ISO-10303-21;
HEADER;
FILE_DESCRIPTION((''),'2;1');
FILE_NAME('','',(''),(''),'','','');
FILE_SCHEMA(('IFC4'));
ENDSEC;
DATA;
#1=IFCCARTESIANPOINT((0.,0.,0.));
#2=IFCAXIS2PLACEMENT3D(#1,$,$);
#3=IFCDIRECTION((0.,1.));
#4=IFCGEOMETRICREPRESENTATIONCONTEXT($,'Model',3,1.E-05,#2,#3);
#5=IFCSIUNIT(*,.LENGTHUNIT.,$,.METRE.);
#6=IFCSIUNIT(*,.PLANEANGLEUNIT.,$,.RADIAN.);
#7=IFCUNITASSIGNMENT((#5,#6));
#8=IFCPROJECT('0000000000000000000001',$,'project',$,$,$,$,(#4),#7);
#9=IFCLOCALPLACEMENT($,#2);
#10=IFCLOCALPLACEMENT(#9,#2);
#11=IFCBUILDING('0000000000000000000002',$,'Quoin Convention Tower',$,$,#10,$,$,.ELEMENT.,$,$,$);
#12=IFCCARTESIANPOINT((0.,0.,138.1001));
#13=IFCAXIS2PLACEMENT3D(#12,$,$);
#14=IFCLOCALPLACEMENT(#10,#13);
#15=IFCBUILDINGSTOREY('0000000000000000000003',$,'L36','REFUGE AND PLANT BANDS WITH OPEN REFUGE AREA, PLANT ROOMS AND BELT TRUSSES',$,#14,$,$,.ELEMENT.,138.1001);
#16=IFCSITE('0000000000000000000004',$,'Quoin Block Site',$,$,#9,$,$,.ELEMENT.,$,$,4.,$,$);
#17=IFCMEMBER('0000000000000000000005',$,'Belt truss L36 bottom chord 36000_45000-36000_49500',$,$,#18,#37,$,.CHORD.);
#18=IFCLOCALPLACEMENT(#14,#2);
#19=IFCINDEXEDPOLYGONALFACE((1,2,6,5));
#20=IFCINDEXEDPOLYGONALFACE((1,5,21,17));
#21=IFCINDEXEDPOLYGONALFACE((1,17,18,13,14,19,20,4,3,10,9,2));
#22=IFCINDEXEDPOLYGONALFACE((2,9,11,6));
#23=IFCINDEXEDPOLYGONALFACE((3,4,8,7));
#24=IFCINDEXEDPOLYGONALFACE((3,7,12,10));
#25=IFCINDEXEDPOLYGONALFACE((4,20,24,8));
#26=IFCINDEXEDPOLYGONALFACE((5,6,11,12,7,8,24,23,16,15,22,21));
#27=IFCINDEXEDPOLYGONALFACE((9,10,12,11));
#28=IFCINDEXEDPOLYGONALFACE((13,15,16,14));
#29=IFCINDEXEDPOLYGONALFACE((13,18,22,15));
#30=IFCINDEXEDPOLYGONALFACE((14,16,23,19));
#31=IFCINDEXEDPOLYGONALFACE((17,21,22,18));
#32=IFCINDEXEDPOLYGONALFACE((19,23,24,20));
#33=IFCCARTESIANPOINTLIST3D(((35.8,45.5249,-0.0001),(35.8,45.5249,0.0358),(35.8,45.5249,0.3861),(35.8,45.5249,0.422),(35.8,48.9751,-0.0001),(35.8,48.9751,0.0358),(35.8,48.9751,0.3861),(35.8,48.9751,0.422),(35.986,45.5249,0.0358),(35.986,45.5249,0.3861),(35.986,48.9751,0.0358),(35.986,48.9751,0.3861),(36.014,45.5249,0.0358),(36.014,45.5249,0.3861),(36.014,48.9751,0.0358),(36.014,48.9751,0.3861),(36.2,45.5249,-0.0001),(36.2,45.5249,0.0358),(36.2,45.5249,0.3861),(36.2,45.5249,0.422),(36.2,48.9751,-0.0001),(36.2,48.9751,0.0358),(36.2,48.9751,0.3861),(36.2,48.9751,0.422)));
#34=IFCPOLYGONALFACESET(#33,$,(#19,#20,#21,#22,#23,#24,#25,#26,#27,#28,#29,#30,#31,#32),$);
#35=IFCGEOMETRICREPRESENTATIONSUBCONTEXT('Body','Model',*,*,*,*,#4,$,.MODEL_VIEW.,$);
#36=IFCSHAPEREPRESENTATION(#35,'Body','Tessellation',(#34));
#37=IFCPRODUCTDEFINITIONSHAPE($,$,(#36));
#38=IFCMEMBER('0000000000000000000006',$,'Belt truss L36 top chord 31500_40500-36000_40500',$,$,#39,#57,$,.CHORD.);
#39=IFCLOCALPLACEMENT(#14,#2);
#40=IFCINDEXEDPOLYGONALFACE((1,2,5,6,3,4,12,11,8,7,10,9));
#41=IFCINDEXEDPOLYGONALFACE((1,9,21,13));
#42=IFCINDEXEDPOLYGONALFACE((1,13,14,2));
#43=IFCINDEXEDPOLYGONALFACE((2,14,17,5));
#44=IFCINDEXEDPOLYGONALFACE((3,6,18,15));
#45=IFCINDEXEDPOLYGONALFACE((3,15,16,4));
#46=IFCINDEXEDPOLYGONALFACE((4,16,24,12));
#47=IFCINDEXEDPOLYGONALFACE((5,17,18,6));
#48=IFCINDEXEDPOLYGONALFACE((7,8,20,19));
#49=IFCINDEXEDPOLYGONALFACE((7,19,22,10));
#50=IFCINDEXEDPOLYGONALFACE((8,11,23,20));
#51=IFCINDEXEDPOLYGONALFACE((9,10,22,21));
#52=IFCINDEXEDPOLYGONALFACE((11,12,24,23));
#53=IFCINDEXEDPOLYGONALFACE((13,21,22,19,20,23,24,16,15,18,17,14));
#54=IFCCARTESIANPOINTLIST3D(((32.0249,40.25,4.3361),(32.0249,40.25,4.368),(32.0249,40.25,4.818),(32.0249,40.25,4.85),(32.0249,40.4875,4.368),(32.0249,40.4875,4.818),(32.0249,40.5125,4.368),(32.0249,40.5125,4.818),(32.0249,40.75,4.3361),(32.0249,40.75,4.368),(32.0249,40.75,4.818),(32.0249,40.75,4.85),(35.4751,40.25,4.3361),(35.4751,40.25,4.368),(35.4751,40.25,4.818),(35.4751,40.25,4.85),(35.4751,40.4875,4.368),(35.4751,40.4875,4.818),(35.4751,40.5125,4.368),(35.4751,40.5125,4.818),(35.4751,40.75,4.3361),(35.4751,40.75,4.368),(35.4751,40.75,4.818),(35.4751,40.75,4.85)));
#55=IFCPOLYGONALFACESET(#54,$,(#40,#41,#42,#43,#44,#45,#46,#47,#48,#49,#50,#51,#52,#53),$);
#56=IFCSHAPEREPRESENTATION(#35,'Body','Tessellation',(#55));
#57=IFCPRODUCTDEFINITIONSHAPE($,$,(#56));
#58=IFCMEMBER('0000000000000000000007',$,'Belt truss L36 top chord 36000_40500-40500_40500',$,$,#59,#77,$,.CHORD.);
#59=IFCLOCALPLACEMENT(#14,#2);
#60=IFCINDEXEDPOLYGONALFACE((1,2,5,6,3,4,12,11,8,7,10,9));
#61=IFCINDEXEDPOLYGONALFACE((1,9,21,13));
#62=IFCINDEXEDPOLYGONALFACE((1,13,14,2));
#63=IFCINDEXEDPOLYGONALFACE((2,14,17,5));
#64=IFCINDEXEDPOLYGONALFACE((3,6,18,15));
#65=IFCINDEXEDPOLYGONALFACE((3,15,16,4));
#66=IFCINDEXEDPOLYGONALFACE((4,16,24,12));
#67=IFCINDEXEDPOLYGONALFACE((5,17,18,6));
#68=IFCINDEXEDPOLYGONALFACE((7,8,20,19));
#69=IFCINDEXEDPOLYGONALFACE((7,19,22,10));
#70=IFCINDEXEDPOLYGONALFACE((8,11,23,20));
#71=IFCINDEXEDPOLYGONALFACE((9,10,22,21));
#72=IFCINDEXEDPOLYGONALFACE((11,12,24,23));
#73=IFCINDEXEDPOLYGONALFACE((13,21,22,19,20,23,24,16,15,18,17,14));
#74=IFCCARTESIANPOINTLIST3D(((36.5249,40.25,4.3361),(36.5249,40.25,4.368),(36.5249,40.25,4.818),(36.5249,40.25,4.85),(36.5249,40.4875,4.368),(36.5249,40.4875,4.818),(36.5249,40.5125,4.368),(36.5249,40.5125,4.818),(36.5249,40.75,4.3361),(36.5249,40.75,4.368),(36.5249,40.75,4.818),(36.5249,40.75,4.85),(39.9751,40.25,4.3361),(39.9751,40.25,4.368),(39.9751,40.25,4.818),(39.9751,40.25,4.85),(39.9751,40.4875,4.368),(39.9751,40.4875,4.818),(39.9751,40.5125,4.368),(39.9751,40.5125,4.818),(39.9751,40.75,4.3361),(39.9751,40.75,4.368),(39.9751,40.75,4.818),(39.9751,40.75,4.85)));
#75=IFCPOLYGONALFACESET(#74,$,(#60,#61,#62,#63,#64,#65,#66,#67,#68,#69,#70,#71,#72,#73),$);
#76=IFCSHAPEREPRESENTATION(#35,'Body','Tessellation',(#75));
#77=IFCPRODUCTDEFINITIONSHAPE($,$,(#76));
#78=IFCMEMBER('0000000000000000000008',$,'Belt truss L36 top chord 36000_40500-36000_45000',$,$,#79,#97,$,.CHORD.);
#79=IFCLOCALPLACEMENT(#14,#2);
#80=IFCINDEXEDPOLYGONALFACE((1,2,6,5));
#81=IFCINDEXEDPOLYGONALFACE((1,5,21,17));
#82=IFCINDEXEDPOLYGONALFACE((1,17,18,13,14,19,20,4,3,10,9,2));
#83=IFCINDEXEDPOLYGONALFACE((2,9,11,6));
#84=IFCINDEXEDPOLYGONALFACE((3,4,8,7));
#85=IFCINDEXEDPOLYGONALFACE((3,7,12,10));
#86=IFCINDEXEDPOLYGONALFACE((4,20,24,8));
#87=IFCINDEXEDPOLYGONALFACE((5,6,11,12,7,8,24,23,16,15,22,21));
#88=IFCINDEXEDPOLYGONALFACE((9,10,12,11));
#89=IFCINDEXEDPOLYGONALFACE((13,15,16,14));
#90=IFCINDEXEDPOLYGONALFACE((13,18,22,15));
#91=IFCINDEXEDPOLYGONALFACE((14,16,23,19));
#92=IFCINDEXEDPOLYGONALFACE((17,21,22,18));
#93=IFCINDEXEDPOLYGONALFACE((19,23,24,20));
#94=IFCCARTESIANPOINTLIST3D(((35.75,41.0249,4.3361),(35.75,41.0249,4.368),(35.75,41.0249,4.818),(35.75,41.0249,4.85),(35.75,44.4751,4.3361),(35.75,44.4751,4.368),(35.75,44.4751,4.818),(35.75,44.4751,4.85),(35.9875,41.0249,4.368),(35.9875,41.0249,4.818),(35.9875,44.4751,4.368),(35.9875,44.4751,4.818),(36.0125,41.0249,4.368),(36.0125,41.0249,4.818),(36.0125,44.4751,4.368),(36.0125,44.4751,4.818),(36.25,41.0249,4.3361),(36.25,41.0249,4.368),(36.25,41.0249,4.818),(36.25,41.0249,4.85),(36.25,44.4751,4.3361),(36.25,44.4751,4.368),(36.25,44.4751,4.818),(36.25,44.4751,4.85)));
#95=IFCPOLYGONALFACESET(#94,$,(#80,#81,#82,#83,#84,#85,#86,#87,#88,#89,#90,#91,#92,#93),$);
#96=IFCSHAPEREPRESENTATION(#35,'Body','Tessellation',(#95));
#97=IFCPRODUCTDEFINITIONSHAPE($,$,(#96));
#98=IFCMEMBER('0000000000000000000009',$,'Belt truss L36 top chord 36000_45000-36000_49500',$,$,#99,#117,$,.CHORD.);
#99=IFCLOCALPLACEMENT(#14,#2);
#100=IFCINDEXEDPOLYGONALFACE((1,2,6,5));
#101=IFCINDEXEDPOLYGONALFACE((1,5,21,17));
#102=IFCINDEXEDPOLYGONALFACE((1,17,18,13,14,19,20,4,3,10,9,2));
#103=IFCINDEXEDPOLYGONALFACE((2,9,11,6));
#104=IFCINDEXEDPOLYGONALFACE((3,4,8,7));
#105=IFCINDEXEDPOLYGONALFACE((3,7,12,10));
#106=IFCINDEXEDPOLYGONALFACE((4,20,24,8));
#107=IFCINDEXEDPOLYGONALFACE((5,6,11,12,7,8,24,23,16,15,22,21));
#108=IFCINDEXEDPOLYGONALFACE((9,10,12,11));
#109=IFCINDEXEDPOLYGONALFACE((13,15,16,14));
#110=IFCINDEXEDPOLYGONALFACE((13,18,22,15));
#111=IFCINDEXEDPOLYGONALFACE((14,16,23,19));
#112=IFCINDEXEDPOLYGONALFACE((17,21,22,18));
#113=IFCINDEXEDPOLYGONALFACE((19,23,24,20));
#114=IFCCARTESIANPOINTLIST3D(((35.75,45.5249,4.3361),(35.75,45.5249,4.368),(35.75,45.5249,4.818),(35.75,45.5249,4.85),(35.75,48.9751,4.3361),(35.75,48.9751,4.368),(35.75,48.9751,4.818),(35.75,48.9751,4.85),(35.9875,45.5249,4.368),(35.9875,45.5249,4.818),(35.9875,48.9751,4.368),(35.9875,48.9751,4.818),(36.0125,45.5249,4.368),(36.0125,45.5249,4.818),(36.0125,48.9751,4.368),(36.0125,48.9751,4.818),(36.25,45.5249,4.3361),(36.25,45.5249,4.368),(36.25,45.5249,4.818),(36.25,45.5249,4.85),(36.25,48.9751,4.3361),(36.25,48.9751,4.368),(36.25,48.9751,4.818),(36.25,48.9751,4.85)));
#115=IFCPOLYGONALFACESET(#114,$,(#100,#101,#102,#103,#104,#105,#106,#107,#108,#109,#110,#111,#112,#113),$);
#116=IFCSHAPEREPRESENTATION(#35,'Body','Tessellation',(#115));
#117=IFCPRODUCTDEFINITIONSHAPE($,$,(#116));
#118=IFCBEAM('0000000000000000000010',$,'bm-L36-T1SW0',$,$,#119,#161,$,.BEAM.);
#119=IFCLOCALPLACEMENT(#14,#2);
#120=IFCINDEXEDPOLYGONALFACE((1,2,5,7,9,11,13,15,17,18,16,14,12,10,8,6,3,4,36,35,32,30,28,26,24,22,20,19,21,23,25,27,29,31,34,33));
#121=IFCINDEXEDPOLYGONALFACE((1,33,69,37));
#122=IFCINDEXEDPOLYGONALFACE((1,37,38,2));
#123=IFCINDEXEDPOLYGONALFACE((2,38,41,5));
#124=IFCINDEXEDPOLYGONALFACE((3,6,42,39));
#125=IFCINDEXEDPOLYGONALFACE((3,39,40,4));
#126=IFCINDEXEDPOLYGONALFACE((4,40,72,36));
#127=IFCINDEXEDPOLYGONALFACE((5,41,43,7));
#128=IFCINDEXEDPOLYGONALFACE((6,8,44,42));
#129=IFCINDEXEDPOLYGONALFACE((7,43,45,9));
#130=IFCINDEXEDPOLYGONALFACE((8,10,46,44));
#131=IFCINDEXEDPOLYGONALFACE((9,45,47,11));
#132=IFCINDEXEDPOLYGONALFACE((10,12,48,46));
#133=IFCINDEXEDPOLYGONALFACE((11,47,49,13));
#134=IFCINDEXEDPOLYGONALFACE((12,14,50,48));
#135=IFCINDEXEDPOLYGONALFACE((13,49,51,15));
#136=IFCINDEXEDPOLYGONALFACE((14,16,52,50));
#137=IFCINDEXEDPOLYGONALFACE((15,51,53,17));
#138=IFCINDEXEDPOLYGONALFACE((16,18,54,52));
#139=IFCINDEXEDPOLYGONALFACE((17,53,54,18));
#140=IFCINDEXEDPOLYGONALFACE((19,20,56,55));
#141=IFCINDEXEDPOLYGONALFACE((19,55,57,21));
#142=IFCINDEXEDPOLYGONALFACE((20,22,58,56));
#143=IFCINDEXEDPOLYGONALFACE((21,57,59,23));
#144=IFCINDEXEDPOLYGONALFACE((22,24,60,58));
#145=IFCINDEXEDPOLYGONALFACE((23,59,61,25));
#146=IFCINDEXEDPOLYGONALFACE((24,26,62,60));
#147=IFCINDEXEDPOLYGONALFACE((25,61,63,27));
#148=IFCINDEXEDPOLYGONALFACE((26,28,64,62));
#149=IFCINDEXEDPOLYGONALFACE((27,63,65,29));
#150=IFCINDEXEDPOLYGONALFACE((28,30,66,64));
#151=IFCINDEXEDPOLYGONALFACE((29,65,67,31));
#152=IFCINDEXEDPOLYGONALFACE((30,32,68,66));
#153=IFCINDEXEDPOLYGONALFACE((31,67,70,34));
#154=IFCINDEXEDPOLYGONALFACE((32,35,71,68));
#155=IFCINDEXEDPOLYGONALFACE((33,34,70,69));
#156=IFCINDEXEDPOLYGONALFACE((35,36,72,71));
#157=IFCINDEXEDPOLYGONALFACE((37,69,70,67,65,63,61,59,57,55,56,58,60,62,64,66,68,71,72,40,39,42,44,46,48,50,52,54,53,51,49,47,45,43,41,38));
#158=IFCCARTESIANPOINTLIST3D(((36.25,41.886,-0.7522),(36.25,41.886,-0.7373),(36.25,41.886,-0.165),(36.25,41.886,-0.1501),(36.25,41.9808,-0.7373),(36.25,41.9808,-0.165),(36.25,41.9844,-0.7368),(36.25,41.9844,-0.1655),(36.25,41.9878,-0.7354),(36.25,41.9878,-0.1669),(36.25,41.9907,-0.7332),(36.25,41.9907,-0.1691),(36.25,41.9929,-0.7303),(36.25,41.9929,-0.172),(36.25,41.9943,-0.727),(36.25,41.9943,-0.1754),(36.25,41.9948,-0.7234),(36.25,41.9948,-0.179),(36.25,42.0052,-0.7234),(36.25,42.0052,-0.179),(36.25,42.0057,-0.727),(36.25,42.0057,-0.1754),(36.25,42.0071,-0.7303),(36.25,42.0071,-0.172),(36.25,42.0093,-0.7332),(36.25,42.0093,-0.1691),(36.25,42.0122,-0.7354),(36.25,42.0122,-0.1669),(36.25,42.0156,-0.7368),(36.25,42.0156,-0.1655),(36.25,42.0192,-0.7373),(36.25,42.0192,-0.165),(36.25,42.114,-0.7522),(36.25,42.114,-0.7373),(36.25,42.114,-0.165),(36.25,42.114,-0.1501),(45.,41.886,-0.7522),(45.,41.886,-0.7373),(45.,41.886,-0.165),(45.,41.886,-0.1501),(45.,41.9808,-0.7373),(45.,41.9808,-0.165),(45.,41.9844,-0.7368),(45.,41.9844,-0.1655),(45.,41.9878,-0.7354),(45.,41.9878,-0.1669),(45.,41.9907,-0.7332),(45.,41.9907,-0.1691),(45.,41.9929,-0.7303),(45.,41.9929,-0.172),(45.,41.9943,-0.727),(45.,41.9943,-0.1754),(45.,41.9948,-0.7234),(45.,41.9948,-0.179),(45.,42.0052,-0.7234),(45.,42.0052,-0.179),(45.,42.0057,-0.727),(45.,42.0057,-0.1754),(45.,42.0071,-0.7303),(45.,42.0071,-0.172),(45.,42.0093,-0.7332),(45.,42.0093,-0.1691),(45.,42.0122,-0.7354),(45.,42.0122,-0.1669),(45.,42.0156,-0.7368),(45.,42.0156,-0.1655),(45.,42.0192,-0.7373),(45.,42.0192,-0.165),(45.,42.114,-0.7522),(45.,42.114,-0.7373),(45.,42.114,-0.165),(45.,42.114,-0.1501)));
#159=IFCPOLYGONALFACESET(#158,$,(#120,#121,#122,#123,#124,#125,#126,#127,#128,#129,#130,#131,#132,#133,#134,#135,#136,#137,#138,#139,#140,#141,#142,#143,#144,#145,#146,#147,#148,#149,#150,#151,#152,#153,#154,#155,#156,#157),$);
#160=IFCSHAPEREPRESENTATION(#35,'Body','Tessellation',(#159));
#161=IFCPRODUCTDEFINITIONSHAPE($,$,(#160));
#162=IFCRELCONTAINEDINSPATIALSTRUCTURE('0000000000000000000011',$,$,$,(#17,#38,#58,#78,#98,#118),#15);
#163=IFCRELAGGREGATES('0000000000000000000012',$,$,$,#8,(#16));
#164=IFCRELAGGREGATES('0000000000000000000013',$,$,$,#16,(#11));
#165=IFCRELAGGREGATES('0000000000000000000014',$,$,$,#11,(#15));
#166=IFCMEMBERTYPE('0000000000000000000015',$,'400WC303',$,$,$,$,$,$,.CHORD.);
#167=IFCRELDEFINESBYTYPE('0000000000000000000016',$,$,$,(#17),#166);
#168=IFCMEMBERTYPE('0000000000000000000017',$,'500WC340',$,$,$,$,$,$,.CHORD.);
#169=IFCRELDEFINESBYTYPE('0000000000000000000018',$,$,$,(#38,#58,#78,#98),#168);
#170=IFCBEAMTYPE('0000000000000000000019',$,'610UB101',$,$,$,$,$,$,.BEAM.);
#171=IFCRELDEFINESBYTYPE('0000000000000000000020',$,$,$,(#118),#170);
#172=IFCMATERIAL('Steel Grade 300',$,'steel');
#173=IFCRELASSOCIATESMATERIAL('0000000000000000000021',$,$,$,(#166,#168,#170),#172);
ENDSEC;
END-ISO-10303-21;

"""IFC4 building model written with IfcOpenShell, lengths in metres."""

from ifc_helpers import new_model, si_unit, direction, frame, origin, origin_2d, place, context, subcontext, project, spatial, i_section, extrude, material, material_profile, profile_set, type_object, element, save


model = new_model("IFC4")

# Units and contexts
model_context = context("Model", 3, precision=1e-05, world=origin(), true_north=direction((0.0, 1.0)))
body_context = subcontext(model_context, "Body", "Model", "MODEL_VIEW")
ifc_project = project(units=[si_unit("LENGTHUNIT", "METRE"), si_unit("PLANEANGLEUNIT", "RADIAN")], contexts=[model_context])

# Site, building, storey
site_placement = place(None, origin())
site = spatial("IfcSite", under=ifc_project, at=site_placement, Name="Quoin Block Site", CompositionType="ELEMENT", RefElevation=4.0)
building_placement = place(site_placement, origin())
building = spatial("IfcBuilding", under=site, at=building_placement, Name="Quoin Convention Tower", CompositionType="ELEMENT")
storey_placement = place(building_placement, frame((0.0, 0.0, 138.1001)))
storey = spatial("IfcBuildingStorey", under=building, at=storey_placement, Name="L36", Description="REFUGE AND PLANT BANDS WITH OPEN REFUGE AREA, PLANT ROOMS AND BELT TRUSSES", CompositionType="ELEMENT", Elevation=138.1001)

# Members
ifc_material_1 = material(Name="Steel Grade 300", Category="steel")
ifc_material_profile_1 = material_profile(ifc_material_1, i_section(OverallWidth=0.3999, OverallDepth=0.4221, WebThickness=0.0281, FlangeThickness=0.0359, at=origin_2d()), Name="400WC303")
ifc_profile_set_1 = profile_set([ifc_material_profile_1], Name="Steel Grade 300")
member_type_1 = type_object("IfcMemberType", Name="400WC303", PredefinedType="CHORD", material=ifc_profile_set_1)
for number, where, z_axis, x_axis, name in (
    (1, (36.0, 45.5249, 0.2109), (0.0, 1.0, 0.0), (-1.0, 0.0, 0.0), "Belt truss L36 bottom chord 36000_45000-36000_49500"),
):
    element("IfcMember", number, at=place(storey_placement, frame(where, z_axis=z_axis, x_axis=x_axis)), inside=storey, type_object=member_type_1, Name=name, PredefinedType="CHORD", context=body_context, shape_type="SweptSolid", body=[
        extrude(i_section(OverallWidth=0.3999, OverallDepth=0.4221, WebThickness=0.0281, FlangeThickness=0.0359, at=origin_2d()), origin(), (0.0, 0.0, 1.0), 3.4502),
    ])
ifc_material_profile_2 = material_profile(ifc_material_1, i_section(OverallWidth=0.5, OverallDepth=0.5139, WebThickness=0.0249, FlangeThickness=0.032, at=origin_2d()), Name="500WC340")
ifc_profile_set_2 = profile_set([ifc_material_profile_2], Name="Steel Grade 300")
member_type_2 = type_object("IfcMemberType", Name="500WC340", PredefinedType="CHORD", material=ifc_profile_set_2)
for number, where, z_axis, x_axis, name in (
    (2, (32.0249, 40.5, 4.593), (1.0, 0.0, 0.0), (0.0, 1.0, 0.0), "Belt truss L36 top chord 31500_40500-36000_40500"),
    (3, (36.5249, 40.5, 4.593), (1.0, 0.0, 0.0), (0.0, 1.0, 0.0), "Belt truss L36 top chord 36000_40500-40500_40500"),
    (4, (36.0, 41.0249, 4.593), (0.0, 1.0, 0.0), (-1.0, 0.0, 0.0), "Belt truss L36 top chord 36000_40500-36000_45000"),
    (5, (36.0, 45.5249, 4.593), (0.0, 1.0, 0.0), (-1.0, 0.0, 0.0), "Belt truss L36 top chord 36000_45000-36000_49500"),
):
    element("IfcMember", number, at=place(storey_placement, frame(where, z_axis=z_axis, x_axis=x_axis)), inside=storey, type_object=member_type_2, Name=name, PredefinedType="CHORD", context=body_context, shape_type="SweptSolid", body=[
        extrude(i_section(OverallWidth=0.5, OverallDepth=0.5139, WebThickness=0.0249, FlangeThickness=0.032, at=origin_2d()), origin(), (0.0, 0.0, 1.0), 3.4502),
    ])

# Beam
ifc_material_profile_3 = material_profile(ifc_material_1, i_section(OverallWidth=0.228, OverallDepth=0.6021, WebThickness=0.0105, FlangeThickness=0.0149, FilletRadius=0.0139, at=origin_2d()), Name="610UB101")
ifc_profile_set_3 = profile_set([ifc_material_profile_3], Name="Steel Grade 300")
beam_type_1 = type_object("IfcBeamType", Name="610UB101", PredefinedType="BEAM", material=ifc_profile_set_3)
beam_1_placement = place(storey_placement, frame((36.25, 42.0, -0.4512), z_axis=(1.0, 0.0, 0.0), x_axis=(0.0, 1.0, 0.0)))
element("IfcBeam", 6, at=beam_1_placement, inside=storey, type_object=beam_type_1, Name="bm-L36-T1SW0", PredefinedType="BEAM", context=body_context, shape_type="SweptSolid", body=[
    extrude(i_section(OverallWidth=0.228, OverallDepth=0.6021, WebThickness=0.0105, FlangeThickness=0.0149, FilletRadius=0.0139, at=origin_2d()), origin(), (0.0, 0.0, 1.0), 8.75),
])

save(model, "model.ifc")
